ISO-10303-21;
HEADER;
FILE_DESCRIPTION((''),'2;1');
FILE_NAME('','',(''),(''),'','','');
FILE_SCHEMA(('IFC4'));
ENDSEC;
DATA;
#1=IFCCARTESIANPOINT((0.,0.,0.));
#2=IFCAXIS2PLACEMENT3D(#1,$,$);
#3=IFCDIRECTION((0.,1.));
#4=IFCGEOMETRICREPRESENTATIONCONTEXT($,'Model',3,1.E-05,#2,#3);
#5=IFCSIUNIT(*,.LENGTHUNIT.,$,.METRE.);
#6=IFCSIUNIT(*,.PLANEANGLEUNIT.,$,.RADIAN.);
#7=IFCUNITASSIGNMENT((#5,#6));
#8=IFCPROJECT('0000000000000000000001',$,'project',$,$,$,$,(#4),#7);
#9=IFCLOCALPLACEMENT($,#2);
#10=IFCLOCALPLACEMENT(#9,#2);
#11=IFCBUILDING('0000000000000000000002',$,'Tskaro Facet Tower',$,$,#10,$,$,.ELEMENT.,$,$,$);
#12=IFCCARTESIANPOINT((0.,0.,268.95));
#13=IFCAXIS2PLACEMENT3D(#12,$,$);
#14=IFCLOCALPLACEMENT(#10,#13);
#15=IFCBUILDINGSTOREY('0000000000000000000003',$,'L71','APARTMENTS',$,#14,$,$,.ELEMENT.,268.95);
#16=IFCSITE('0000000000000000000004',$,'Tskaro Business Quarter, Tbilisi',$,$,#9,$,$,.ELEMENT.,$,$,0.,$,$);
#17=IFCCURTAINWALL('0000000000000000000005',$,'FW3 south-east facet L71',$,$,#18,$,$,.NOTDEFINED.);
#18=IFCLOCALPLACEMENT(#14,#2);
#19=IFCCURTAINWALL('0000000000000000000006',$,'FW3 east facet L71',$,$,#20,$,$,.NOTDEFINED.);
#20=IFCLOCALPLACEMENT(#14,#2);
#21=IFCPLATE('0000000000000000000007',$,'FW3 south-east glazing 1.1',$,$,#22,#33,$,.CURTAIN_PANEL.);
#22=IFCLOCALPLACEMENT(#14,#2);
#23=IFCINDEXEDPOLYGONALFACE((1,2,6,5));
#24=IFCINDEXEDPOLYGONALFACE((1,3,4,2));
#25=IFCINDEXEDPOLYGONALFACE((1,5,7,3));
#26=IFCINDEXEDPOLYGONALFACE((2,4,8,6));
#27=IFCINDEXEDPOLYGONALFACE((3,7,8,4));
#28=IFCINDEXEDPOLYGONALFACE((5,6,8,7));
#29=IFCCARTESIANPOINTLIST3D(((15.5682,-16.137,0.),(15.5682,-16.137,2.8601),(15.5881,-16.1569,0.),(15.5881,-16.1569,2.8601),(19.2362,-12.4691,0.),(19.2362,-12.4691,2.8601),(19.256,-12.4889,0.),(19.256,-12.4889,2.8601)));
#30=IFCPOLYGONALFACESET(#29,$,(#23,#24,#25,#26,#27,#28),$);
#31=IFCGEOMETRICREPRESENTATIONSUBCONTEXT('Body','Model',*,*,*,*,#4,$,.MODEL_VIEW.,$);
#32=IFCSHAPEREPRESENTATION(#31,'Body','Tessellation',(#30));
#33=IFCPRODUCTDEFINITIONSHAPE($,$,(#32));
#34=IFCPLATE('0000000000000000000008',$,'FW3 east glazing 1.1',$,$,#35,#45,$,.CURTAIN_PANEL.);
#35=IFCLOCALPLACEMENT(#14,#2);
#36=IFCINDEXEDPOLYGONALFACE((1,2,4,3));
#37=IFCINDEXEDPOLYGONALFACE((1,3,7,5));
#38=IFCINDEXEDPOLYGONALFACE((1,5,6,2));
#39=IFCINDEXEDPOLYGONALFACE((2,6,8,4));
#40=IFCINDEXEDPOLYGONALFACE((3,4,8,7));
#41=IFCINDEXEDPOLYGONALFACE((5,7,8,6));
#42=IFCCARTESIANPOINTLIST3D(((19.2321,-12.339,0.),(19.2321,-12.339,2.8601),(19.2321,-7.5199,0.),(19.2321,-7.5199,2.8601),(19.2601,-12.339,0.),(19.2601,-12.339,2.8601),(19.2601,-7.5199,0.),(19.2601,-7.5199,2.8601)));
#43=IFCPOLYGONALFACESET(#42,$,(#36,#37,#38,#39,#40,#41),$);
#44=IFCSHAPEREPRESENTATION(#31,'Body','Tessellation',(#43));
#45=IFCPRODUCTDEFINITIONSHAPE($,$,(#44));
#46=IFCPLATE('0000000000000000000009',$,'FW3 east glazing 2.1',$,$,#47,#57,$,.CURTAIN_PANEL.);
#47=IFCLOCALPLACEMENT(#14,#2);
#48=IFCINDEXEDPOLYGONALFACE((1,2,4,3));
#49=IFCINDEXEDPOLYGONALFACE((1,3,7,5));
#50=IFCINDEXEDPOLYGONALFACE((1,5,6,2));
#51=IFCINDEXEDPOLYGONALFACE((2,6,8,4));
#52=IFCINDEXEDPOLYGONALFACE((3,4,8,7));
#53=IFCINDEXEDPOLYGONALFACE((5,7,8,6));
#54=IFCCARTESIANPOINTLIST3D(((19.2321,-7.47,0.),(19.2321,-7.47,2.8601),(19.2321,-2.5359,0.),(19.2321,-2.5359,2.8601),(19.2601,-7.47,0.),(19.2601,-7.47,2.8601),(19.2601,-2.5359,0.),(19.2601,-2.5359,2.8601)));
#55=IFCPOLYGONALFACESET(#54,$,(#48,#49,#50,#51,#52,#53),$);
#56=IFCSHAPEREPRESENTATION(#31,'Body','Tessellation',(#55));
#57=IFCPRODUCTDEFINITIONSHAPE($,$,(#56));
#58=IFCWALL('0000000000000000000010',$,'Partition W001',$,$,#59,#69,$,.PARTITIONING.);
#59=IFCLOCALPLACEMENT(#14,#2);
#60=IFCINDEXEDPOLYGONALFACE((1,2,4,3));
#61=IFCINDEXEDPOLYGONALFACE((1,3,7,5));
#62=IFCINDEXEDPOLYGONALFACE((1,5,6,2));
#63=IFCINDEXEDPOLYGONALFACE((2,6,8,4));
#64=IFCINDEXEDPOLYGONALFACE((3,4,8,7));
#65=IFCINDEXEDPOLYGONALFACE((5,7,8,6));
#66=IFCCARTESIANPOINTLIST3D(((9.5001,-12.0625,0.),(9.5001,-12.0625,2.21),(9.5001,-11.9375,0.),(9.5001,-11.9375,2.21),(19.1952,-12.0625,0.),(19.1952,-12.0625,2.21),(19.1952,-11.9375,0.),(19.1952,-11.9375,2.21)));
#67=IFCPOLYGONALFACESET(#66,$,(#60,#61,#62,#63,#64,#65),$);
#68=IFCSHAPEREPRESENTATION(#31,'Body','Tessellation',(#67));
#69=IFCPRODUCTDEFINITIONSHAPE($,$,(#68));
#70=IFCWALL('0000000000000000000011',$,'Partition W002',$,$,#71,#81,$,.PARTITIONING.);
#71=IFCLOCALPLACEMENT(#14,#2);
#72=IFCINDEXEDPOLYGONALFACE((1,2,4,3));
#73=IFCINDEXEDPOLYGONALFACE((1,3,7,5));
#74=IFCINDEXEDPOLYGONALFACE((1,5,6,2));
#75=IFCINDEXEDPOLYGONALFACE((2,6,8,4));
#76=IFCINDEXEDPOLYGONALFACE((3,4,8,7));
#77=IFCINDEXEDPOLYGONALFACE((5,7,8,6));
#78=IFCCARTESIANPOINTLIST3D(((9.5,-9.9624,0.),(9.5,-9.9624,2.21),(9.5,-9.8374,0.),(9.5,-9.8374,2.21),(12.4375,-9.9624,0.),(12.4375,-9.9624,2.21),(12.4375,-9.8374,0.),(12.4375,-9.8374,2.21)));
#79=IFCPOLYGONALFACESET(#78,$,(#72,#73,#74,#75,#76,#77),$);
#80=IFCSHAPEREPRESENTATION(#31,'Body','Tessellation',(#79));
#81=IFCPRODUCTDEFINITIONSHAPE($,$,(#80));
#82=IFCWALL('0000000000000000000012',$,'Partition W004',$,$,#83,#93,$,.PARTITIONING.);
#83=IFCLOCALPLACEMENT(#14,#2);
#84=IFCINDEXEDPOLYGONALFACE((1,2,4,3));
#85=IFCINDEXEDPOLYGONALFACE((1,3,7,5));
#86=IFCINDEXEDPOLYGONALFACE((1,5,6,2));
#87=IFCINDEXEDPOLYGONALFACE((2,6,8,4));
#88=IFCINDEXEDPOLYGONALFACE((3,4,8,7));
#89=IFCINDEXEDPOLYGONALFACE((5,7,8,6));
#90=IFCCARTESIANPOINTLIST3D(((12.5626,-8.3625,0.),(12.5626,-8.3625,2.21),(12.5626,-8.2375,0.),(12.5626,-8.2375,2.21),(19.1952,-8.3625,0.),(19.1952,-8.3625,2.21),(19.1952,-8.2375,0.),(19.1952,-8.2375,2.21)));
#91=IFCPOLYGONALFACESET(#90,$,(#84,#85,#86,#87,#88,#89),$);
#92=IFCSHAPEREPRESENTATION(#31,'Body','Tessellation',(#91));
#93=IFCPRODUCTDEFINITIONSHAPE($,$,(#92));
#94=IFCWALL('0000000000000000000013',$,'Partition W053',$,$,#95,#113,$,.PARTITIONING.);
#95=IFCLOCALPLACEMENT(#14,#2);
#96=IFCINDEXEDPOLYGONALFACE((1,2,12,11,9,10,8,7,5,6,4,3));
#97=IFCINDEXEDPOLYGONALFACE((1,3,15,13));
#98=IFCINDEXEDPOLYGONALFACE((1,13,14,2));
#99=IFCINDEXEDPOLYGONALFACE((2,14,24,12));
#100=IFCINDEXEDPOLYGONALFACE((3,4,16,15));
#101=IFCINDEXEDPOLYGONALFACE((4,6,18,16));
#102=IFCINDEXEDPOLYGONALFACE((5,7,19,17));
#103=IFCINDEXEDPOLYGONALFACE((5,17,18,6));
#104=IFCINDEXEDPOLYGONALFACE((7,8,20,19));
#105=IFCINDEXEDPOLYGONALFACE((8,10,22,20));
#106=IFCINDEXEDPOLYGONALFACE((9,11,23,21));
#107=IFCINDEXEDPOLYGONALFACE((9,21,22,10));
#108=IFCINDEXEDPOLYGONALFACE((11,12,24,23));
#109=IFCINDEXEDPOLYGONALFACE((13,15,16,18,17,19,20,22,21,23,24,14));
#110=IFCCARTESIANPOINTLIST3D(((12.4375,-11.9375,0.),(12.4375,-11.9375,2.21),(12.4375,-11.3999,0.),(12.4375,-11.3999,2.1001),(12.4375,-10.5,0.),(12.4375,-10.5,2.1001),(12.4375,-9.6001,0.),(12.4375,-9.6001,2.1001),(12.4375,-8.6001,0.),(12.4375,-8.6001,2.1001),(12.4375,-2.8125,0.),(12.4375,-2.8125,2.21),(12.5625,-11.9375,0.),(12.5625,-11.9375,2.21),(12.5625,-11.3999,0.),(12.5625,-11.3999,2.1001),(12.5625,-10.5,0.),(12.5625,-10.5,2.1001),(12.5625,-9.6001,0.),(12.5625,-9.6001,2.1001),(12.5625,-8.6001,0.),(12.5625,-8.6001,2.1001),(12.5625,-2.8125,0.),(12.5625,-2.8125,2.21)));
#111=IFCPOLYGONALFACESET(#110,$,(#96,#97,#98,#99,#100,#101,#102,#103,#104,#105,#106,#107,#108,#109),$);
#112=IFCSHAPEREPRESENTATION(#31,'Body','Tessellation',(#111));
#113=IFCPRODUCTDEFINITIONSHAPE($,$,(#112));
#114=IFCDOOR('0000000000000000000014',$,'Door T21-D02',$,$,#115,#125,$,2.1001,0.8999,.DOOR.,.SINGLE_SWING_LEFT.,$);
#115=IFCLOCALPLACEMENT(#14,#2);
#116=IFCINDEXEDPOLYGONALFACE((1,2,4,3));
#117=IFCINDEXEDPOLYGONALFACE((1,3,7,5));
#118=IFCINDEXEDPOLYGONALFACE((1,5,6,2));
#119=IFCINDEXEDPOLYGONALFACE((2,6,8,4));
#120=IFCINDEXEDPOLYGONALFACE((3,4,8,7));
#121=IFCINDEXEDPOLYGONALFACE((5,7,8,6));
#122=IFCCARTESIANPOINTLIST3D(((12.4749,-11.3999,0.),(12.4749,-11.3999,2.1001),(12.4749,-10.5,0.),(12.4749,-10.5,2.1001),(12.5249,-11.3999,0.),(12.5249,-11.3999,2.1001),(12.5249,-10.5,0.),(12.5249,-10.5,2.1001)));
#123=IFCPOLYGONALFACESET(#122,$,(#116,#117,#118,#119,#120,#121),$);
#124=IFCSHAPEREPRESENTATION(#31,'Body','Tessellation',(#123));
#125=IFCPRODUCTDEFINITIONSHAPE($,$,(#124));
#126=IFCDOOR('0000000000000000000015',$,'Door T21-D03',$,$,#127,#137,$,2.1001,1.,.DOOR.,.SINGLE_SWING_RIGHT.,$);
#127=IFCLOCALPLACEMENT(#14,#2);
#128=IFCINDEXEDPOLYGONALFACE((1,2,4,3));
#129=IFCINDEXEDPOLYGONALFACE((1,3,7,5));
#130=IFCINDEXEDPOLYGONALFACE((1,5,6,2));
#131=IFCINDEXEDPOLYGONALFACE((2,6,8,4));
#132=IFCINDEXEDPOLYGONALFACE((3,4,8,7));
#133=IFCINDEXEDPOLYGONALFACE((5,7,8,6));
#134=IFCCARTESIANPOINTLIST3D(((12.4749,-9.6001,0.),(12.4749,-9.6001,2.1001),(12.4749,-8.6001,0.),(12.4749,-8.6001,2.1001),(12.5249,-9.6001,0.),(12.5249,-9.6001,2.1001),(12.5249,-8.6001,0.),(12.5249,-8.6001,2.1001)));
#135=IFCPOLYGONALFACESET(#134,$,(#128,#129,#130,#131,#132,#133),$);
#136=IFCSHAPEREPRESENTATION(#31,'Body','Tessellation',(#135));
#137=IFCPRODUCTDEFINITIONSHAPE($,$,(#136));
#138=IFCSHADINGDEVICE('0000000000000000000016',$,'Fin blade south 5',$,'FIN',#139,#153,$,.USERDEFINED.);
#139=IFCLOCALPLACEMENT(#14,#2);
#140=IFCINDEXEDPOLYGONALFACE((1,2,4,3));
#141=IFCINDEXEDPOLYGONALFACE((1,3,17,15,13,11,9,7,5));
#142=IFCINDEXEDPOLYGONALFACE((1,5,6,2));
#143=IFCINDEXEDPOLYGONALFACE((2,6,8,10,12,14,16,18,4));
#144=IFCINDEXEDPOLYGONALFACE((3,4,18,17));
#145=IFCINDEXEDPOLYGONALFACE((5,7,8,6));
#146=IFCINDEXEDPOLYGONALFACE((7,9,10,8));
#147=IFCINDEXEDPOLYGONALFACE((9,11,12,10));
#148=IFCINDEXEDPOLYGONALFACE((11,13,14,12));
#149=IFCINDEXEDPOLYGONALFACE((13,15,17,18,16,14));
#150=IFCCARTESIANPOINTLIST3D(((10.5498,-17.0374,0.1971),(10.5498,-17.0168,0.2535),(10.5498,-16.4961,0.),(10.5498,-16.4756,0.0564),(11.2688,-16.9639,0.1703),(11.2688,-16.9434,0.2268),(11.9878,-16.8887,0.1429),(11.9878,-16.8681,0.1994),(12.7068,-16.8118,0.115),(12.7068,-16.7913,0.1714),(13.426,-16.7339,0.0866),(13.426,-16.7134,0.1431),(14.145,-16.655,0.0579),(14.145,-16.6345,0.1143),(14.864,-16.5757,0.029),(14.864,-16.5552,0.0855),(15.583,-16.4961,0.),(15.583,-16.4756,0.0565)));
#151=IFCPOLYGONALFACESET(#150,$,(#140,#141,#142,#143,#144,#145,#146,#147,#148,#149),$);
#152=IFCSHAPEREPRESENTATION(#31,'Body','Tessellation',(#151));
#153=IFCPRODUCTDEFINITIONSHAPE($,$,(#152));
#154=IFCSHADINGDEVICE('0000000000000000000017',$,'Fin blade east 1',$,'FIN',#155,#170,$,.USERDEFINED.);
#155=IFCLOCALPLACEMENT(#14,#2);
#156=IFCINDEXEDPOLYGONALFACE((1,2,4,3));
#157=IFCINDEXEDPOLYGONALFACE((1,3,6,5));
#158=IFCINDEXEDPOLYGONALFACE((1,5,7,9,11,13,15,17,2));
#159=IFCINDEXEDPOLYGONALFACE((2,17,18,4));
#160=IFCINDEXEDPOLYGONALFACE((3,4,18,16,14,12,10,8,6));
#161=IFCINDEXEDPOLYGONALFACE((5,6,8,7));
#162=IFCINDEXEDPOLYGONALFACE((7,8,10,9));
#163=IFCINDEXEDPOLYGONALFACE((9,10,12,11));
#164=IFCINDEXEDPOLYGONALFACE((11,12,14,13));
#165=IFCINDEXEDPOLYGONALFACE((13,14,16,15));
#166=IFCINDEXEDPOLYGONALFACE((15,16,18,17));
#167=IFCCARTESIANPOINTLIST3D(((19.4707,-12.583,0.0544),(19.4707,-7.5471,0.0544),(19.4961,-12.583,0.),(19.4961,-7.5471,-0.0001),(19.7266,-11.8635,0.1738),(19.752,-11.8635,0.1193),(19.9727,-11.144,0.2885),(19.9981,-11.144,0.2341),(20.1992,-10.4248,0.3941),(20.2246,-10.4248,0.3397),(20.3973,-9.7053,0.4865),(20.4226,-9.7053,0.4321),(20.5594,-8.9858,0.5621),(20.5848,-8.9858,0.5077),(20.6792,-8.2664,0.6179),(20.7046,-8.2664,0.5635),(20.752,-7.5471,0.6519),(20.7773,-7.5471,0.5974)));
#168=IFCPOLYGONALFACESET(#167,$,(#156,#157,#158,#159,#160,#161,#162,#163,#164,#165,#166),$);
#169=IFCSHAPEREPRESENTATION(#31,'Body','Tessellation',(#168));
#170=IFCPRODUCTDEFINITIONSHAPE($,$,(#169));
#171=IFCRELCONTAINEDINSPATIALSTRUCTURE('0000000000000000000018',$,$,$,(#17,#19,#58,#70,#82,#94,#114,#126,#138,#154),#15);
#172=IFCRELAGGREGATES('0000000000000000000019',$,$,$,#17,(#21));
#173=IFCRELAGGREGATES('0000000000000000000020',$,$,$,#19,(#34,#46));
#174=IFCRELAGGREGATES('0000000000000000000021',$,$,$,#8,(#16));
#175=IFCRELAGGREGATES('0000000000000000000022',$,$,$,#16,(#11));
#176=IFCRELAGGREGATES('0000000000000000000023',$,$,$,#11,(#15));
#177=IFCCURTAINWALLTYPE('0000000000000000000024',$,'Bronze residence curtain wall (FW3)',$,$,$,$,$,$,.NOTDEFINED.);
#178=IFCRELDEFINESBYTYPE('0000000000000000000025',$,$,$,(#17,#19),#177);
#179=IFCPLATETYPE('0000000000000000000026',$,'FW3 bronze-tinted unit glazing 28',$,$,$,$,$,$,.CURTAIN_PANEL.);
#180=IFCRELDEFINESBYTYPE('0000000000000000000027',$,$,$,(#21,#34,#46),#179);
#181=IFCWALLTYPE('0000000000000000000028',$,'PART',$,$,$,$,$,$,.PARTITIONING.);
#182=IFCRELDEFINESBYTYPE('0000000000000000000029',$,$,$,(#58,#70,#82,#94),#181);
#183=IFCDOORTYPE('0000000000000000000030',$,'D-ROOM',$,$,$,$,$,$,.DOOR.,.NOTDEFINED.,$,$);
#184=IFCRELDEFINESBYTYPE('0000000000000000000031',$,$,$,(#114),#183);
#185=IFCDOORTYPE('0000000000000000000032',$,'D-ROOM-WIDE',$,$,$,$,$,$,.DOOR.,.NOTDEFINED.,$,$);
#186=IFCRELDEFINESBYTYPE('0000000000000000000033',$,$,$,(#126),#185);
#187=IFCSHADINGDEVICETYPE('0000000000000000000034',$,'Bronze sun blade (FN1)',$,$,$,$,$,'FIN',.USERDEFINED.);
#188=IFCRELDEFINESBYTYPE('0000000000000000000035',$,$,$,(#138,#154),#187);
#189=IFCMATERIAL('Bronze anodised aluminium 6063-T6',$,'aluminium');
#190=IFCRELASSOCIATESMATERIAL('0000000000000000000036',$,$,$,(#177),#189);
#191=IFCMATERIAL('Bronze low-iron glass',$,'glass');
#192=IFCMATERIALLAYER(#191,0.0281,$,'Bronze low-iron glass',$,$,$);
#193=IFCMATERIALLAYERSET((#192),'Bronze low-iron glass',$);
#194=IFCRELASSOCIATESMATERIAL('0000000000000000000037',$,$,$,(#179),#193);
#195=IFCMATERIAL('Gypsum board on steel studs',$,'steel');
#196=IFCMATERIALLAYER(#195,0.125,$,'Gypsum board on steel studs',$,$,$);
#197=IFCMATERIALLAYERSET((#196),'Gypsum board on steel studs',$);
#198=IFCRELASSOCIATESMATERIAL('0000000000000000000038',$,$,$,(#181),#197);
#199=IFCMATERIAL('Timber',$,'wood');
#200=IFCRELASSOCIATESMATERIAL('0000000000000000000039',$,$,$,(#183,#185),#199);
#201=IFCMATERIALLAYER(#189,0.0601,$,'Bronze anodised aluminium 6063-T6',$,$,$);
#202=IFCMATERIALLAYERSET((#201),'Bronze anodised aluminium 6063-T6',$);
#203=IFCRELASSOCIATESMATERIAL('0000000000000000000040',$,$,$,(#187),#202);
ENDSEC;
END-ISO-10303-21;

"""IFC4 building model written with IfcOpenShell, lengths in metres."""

from ifc_helpers import new_model, si_unit, direction, frame, frame_2d, origin, origin_2d, place, context, subcontext, project, spatial, polyline, rectangle, outline, extrude, material, layer, layer_set, type_object, element, fill, aggregate, save


model = new_model("IFC4")

# Units and contexts
model_context = context("Model", 3, precision=1e-05, world=origin(), true_north=direction((0.0, 1.0)))
body_context = subcontext(model_context, "Body", "Model", "MODEL_VIEW")
ifc_project = project(units=[si_unit("LENGTHUNIT", "METRE"), si_unit("PLANEANGLEUNIT", "RADIAN")], contexts=[model_context])

# Site, building, storey
site_placement = place(None, origin())
site = spatial("IfcSite", under=ifc_project, at=site_placement, Name="Tskaro Business Quarter, Tbilisi", CompositionType="ELEMENT", RefElevation=0.0)
building_placement = place(site_placement, origin())
building = spatial("IfcBuilding", under=site, at=building_placement, Name="Tskaro Facet Tower", CompositionType="ELEMENT")
storey_placement = place(building_placement, frame((0.0, 0.0, 268.95)))
storey = spatial("IfcBuildingStorey", under=building, at=storey_placement, Name="L71", Description="APARTMENTS", CompositionType="ELEMENT", Elevation=268.95)

# Curtain walls
ifc_material_1 = material(Name="Bronze anodised aluminium 6063-T6", Category="aluminium")
curtain_wall_type = type_object("IfcCurtainWallType", Name="Bronze residence curtain wall (FW3)", PredefinedType="NOTDEFINED", material=ifc_material_1)
curtain_wall_1_placement = place(storey_placement, origin())
curtain_wall_1 = element("IfcCurtainWall", 1, at=curtain_wall_1_placement, inside=storey, type_object=curtain_wall_type, Name="FW3 south-east facet L71", PredefinedType="NOTDEFINED")
curtain_wall_2_placement = place(storey_placement, origin())
curtain_wall_2 = element("IfcCurtainWall", 2, at=curtain_wall_2_placement, inside=storey, type_object=curtain_wall_type, Name="FW3 east facet L71", PredefinedType="NOTDEFINED")

# Plates
ifc_material_2 = material(Name="Bronze low-iron glass", Category="glass")
ifc_layer_1 = layer(ifc_material_2, 0.0281, Name="Bronze low-iron glass")
ifc_layer_set_1 = layer_set([ifc_layer_1], Name="Bronze low-iron glass")
plate_type = type_object("IfcPlateType", Name="FW3 bronze-tinted unit glazing 28", PredefinedType="CURTAIN_PANEL", material=ifc_layer_set_1)
plate_1_placement = place(storey_placement, frame((17.4121, -14.313, 0.0), z_axis=(0.0, 0.0, 1.0), x_axis=(0.707107, 0.707107, 0.0)))
plate_1 = element("IfcPlate", 3, at=plate_1_placement, type_object=plate_type, Name="FW3 south-east glazing 1.1", PredefinedType="CURTAIN_PANEL", context=body_context, shape_type="SweptSolid", body=[
    extrude(rectangle(XDim=5.1873, YDim=0.0281, at=origin_2d()), origin(), (0.0, 0.0, 1.0), 2.8601),
])
aggregate(curtain_wall_1, [plate_1])
plate_2_placement = place(storey_placement, frame((19.2461, -9.9294, 0.0), z_axis=(0.0, 0.0, 1.0), x_axis=(0.0, 1.0, 0.0)))
plate_2 = element("IfcPlate", 4, at=plate_2_placement, type_object=plate_type, Name="FW3 east glazing 1.1", PredefinedType="CURTAIN_PANEL", context=body_context, shape_type="SweptSolid", body=[
    extrude(rectangle(XDim=4.8191, YDim=0.0281, at=origin_2d()), origin(), (0.0, 0.0, 1.0), 2.8601),
])
plate_3_placement = place(storey_placement, frame((19.2461, -5.0029, 0.0), z_axis=(0.0, 0.0, 1.0), x_axis=(0.0, 1.0, 0.0)))
plate_3 = element("IfcPlate", 5, at=plate_3_placement, type_object=plate_type, Name="FW3 east glazing 2.1", PredefinedType="CURTAIN_PANEL", context=body_context, shape_type="SweptSolid", body=[
    extrude(rectangle(XDim=4.9341, YDim=0.0281, at=origin_2d()), origin(), (0.0, 0.0, 1.0), 2.8601),
])
aggregate(curtain_wall_2, [plate_2, plate_3])

# Walls
ifc_material_3 = material(Name="Gypsum board on steel studs", Category="steel")
ifc_layer_2 = layer(ifc_material_3, 0.125, Name="Gypsum board on steel studs")
ifc_layer_set_2 = layer_set([ifc_layer_2], Name="Gypsum board on steel studs")
wall_type = type_object("IfcWallType", Name="PART", PredefinedType="PARTITIONING", material=ifc_layer_set_2)
wall_1_placement = place(storey_placement, frame((9.5, -12.0, 0.0), z_axis=(0.0, 0.0, 1.0), x_axis=(1.0, 0.0, 0.0)))
element("IfcWall", 6, at=wall_1_placement, inside=storey, type_object=wall_type, Name="Partition W001", PredefinedType="PARTITIONING", context=body_context, shape_type="SweptSolid", body=[
    extrude(rectangle(XDim=9.6951, YDim=0.125, at=frame_2d((4.8477, 0.0))), origin(), (0.0, 0.0, 1.0), 2.21),
])
wall_2_placement = place(storey_placement, frame((9.5, -9.8999, 0.0), z_axis=(0.0, 0.0, 1.0), x_axis=(1.0, 0.0, 0.0)))
element("IfcWall", 7, at=wall_2_placement, inside=storey, type_object=wall_type, Name="Partition W002", PredefinedType="PARTITIONING", context=body_context, shape_type="SweptSolid", body=[
    extrude(rectangle(XDim=2.9375, YDim=0.125, at=frame_2d((1.4688, 0.0))), origin(), (0.0, 0.0, 1.0), 2.21),
])
wall_3_placement = place(storey_placement, frame((12.5625, -8.3, 0.0), z_axis=(0.0, 0.0, 1.0), x_axis=(1.0, 0.0, 0.0)))
element("IfcWall", 8, at=wall_3_placement, inside=storey, type_object=wall_type, Name="Partition W004", PredefinedType="PARTITIONING", context=body_context, shape_type="SweptSolid", body=[
    extrude(rectangle(XDim=6.6326, YDim=0.125, at=frame_2d((3.3164, 0.0))), origin(), (0.0, 0.0, 1.0), 2.21),
])

# Wall, openings, doors
wall_4_placement = place(storey_placement, frame((12.5, -2.8125, 0.0), z_axis=(0.0, 0.0, 1.0), x_axis=(0.0, -1.0, 0.0)))
wall_4 = element("IfcWall", 9, at=wall_4_placement, inside=storey, type_object=wall_type, Name="Partition W053", PredefinedType="PARTITIONING", context=body_context, shape_type="SweptSolid", body=[
    extrude(rectangle(XDim=9.125, YDim=0.125, at=frame_2d((4.5625, 0.0))), origin(), (0.0, 0.0, 1.0), 2.21),
])
opening_1_placement = place(wall_4_placement, frame((5.7876, 0.0, 0.0)))
opening_1 = element("IfcOpeningElement", 10, at=opening_1_placement, cuts=wall_4, PredefinedType="OPENING", context=body_context, shape_type="SweptSolid", body=[
    extrude(rectangle(XDim=1.0, YDim=2.1001, at=frame_2d((0.5, 1.05))), frame((0.0, 0.0725, 0.0), z_axis=(0.0, -1.0, 0.0), x_axis=(1.0, 0.0, 0.0)), (0.0, 0.0, 1.0), 0.145),
])
opening_2_placement = place(wall_4_placement, frame((7.6875, 0.0, 0.0)))
opening_2 = element("IfcOpeningElement", 11, at=opening_2_placement, cuts=wall_4, PredefinedType="OPENING", context=body_context, shape_type="SweptSolid", body=[
    extrude(rectangle(XDim=0.8999, YDim=2.1001, at=frame_2d((0.45, 1.05))), frame((0.0, 0.0725, 0.0), z_axis=(0.0, -1.0, 0.0), x_axis=(1.0, 0.0, 0.0)), (0.0, 0.0, 1.0), 0.145),
])
ifc_material_4 = material(Name="Timber", Category="wood")
door_type_1 = type_object("IfcDoorType", Name="D-ROOM", OperationType="NOTDEFINED", PredefinedType="DOOR", material=ifc_material_4)
door_1_placement = place(opening_2_placement, origin())
door_1 = element("IfcDoor", 12, at=door_1_placement, inside=storey, type_object=door_type_1, Name="Door T21-D02", OperationType="SINGLE_SWING_LEFT", OverallHeight=2.1001, OverallWidth=0.8999, PredefinedType="DOOR", context=body_context, shape_type="SweptSolid", body=[
    extrude(rectangle(XDim=0.8999, YDim=2.1001, at=frame_2d((0.45, 1.05))), frame((0.0, 0.0249, 0.0), z_axis=(0.0, -1.0, 0.0), x_axis=(1.0, 0.0, 0.0)), (0.0, 0.0, 1.0), 0.05),
])
fill(opening_2, door_1)
door_type_2 = type_object("IfcDoorType", Name="D-ROOM-WIDE", OperationType="NOTDEFINED", PredefinedType="DOOR", material=ifc_material_4)
door_2_placement = place(opening_1_placement, origin())
door_2 = element("IfcDoor", 13, at=door_2_placement, inside=storey, type_object=door_type_2, Name="Door T21-D03", OperationType="SINGLE_SWING_RIGHT", OverallHeight=2.1001, OverallWidth=1.0, PredefinedType="DOOR", context=body_context, shape_type="SweptSolid", body=[
    extrude(rectangle(XDim=1.0, YDim=2.1001, at=frame_2d((0.5, 1.05))), frame((0.0, 0.0249, 0.0), z_axis=(0.0, -1.0, 0.0), x_axis=(1.0, 0.0, 0.0)), (0.0, 0.0, 1.0), 0.05),
])
fill(opening_1, door_2)

# Shading devices
ifc_layer_3 = layer(ifc_material_1, 0.0601, Name="Bronze anodised aluminium 6063-T6")
ifc_layer_set_3 = layer_set([ifc_layer_3], Name="Bronze anodised aluminium 6063-T6")
shading_device_type = type_object("IfcShadingDeviceType", Name="Bronze sun blade (FN1)", ElementType="FIN", PredefinedType="USERDEFINED", material=ifc_layer_set_3)
shading_device_1_placement = place(storey_placement, frame((10.5498, -16.4756, 0.0564), z_axis=(-0.000018, 0.342198, 0.939628), x_axis=(1.0, 0.000006, 0.000017)))
element("IfcShadingDevice", 14, at=shading_device_1_placement, inside=storey, type_object=shading_device_type, Name="Fin blade south 5", ObjectType="FIN", PredefinedType="USERDEFINED", context=body_context, shape_type="SweptSolid", body=[
    extrude(outline(polyline([(0.0, 0.0), (5.0332, 0.0), (4.3142, -0.0847), (3.5952, -0.1691), (2.8762, -0.2531), (2.157, -0.336), (1.438, -0.4178), (0.719, -0.4978), (0.0, -0.576), (0.0, 0.0)])), origin(), (0.0, 0.0, -1.0), 0.0601),
])
shading_device_2_placement = place(storey_placement, frame((19.4707, -12.583, 0.0544), z_axis=(-0.422649, 0.000017, 0.906294), x_axis=(0.000007, 1.0, -0.000016)))
element("IfcShadingDevice", 15, at=shading_device_2_placement, inside=storey, type_object=shading_device_type, Name="Fin blade east 1", ObjectType="FIN", PredefinedType="USERDEFINED", context=body_context, shape_type="SweptSolid", body=[
    extrude(outline(polyline([(0.0, 0.0), (5.0359, 0.0), (5.0359, -1.4137), (4.3167, -1.3334), (3.5972, -1.2012), (2.8777, -1.0223), (2.1582, -0.8038), (1.439, -0.5539), (0.7195, -0.2823), (0.0, 0.0)])), origin(), (0.0, 0.0, -1.0), 0.0601),
])

save(model, "model.ifc")
